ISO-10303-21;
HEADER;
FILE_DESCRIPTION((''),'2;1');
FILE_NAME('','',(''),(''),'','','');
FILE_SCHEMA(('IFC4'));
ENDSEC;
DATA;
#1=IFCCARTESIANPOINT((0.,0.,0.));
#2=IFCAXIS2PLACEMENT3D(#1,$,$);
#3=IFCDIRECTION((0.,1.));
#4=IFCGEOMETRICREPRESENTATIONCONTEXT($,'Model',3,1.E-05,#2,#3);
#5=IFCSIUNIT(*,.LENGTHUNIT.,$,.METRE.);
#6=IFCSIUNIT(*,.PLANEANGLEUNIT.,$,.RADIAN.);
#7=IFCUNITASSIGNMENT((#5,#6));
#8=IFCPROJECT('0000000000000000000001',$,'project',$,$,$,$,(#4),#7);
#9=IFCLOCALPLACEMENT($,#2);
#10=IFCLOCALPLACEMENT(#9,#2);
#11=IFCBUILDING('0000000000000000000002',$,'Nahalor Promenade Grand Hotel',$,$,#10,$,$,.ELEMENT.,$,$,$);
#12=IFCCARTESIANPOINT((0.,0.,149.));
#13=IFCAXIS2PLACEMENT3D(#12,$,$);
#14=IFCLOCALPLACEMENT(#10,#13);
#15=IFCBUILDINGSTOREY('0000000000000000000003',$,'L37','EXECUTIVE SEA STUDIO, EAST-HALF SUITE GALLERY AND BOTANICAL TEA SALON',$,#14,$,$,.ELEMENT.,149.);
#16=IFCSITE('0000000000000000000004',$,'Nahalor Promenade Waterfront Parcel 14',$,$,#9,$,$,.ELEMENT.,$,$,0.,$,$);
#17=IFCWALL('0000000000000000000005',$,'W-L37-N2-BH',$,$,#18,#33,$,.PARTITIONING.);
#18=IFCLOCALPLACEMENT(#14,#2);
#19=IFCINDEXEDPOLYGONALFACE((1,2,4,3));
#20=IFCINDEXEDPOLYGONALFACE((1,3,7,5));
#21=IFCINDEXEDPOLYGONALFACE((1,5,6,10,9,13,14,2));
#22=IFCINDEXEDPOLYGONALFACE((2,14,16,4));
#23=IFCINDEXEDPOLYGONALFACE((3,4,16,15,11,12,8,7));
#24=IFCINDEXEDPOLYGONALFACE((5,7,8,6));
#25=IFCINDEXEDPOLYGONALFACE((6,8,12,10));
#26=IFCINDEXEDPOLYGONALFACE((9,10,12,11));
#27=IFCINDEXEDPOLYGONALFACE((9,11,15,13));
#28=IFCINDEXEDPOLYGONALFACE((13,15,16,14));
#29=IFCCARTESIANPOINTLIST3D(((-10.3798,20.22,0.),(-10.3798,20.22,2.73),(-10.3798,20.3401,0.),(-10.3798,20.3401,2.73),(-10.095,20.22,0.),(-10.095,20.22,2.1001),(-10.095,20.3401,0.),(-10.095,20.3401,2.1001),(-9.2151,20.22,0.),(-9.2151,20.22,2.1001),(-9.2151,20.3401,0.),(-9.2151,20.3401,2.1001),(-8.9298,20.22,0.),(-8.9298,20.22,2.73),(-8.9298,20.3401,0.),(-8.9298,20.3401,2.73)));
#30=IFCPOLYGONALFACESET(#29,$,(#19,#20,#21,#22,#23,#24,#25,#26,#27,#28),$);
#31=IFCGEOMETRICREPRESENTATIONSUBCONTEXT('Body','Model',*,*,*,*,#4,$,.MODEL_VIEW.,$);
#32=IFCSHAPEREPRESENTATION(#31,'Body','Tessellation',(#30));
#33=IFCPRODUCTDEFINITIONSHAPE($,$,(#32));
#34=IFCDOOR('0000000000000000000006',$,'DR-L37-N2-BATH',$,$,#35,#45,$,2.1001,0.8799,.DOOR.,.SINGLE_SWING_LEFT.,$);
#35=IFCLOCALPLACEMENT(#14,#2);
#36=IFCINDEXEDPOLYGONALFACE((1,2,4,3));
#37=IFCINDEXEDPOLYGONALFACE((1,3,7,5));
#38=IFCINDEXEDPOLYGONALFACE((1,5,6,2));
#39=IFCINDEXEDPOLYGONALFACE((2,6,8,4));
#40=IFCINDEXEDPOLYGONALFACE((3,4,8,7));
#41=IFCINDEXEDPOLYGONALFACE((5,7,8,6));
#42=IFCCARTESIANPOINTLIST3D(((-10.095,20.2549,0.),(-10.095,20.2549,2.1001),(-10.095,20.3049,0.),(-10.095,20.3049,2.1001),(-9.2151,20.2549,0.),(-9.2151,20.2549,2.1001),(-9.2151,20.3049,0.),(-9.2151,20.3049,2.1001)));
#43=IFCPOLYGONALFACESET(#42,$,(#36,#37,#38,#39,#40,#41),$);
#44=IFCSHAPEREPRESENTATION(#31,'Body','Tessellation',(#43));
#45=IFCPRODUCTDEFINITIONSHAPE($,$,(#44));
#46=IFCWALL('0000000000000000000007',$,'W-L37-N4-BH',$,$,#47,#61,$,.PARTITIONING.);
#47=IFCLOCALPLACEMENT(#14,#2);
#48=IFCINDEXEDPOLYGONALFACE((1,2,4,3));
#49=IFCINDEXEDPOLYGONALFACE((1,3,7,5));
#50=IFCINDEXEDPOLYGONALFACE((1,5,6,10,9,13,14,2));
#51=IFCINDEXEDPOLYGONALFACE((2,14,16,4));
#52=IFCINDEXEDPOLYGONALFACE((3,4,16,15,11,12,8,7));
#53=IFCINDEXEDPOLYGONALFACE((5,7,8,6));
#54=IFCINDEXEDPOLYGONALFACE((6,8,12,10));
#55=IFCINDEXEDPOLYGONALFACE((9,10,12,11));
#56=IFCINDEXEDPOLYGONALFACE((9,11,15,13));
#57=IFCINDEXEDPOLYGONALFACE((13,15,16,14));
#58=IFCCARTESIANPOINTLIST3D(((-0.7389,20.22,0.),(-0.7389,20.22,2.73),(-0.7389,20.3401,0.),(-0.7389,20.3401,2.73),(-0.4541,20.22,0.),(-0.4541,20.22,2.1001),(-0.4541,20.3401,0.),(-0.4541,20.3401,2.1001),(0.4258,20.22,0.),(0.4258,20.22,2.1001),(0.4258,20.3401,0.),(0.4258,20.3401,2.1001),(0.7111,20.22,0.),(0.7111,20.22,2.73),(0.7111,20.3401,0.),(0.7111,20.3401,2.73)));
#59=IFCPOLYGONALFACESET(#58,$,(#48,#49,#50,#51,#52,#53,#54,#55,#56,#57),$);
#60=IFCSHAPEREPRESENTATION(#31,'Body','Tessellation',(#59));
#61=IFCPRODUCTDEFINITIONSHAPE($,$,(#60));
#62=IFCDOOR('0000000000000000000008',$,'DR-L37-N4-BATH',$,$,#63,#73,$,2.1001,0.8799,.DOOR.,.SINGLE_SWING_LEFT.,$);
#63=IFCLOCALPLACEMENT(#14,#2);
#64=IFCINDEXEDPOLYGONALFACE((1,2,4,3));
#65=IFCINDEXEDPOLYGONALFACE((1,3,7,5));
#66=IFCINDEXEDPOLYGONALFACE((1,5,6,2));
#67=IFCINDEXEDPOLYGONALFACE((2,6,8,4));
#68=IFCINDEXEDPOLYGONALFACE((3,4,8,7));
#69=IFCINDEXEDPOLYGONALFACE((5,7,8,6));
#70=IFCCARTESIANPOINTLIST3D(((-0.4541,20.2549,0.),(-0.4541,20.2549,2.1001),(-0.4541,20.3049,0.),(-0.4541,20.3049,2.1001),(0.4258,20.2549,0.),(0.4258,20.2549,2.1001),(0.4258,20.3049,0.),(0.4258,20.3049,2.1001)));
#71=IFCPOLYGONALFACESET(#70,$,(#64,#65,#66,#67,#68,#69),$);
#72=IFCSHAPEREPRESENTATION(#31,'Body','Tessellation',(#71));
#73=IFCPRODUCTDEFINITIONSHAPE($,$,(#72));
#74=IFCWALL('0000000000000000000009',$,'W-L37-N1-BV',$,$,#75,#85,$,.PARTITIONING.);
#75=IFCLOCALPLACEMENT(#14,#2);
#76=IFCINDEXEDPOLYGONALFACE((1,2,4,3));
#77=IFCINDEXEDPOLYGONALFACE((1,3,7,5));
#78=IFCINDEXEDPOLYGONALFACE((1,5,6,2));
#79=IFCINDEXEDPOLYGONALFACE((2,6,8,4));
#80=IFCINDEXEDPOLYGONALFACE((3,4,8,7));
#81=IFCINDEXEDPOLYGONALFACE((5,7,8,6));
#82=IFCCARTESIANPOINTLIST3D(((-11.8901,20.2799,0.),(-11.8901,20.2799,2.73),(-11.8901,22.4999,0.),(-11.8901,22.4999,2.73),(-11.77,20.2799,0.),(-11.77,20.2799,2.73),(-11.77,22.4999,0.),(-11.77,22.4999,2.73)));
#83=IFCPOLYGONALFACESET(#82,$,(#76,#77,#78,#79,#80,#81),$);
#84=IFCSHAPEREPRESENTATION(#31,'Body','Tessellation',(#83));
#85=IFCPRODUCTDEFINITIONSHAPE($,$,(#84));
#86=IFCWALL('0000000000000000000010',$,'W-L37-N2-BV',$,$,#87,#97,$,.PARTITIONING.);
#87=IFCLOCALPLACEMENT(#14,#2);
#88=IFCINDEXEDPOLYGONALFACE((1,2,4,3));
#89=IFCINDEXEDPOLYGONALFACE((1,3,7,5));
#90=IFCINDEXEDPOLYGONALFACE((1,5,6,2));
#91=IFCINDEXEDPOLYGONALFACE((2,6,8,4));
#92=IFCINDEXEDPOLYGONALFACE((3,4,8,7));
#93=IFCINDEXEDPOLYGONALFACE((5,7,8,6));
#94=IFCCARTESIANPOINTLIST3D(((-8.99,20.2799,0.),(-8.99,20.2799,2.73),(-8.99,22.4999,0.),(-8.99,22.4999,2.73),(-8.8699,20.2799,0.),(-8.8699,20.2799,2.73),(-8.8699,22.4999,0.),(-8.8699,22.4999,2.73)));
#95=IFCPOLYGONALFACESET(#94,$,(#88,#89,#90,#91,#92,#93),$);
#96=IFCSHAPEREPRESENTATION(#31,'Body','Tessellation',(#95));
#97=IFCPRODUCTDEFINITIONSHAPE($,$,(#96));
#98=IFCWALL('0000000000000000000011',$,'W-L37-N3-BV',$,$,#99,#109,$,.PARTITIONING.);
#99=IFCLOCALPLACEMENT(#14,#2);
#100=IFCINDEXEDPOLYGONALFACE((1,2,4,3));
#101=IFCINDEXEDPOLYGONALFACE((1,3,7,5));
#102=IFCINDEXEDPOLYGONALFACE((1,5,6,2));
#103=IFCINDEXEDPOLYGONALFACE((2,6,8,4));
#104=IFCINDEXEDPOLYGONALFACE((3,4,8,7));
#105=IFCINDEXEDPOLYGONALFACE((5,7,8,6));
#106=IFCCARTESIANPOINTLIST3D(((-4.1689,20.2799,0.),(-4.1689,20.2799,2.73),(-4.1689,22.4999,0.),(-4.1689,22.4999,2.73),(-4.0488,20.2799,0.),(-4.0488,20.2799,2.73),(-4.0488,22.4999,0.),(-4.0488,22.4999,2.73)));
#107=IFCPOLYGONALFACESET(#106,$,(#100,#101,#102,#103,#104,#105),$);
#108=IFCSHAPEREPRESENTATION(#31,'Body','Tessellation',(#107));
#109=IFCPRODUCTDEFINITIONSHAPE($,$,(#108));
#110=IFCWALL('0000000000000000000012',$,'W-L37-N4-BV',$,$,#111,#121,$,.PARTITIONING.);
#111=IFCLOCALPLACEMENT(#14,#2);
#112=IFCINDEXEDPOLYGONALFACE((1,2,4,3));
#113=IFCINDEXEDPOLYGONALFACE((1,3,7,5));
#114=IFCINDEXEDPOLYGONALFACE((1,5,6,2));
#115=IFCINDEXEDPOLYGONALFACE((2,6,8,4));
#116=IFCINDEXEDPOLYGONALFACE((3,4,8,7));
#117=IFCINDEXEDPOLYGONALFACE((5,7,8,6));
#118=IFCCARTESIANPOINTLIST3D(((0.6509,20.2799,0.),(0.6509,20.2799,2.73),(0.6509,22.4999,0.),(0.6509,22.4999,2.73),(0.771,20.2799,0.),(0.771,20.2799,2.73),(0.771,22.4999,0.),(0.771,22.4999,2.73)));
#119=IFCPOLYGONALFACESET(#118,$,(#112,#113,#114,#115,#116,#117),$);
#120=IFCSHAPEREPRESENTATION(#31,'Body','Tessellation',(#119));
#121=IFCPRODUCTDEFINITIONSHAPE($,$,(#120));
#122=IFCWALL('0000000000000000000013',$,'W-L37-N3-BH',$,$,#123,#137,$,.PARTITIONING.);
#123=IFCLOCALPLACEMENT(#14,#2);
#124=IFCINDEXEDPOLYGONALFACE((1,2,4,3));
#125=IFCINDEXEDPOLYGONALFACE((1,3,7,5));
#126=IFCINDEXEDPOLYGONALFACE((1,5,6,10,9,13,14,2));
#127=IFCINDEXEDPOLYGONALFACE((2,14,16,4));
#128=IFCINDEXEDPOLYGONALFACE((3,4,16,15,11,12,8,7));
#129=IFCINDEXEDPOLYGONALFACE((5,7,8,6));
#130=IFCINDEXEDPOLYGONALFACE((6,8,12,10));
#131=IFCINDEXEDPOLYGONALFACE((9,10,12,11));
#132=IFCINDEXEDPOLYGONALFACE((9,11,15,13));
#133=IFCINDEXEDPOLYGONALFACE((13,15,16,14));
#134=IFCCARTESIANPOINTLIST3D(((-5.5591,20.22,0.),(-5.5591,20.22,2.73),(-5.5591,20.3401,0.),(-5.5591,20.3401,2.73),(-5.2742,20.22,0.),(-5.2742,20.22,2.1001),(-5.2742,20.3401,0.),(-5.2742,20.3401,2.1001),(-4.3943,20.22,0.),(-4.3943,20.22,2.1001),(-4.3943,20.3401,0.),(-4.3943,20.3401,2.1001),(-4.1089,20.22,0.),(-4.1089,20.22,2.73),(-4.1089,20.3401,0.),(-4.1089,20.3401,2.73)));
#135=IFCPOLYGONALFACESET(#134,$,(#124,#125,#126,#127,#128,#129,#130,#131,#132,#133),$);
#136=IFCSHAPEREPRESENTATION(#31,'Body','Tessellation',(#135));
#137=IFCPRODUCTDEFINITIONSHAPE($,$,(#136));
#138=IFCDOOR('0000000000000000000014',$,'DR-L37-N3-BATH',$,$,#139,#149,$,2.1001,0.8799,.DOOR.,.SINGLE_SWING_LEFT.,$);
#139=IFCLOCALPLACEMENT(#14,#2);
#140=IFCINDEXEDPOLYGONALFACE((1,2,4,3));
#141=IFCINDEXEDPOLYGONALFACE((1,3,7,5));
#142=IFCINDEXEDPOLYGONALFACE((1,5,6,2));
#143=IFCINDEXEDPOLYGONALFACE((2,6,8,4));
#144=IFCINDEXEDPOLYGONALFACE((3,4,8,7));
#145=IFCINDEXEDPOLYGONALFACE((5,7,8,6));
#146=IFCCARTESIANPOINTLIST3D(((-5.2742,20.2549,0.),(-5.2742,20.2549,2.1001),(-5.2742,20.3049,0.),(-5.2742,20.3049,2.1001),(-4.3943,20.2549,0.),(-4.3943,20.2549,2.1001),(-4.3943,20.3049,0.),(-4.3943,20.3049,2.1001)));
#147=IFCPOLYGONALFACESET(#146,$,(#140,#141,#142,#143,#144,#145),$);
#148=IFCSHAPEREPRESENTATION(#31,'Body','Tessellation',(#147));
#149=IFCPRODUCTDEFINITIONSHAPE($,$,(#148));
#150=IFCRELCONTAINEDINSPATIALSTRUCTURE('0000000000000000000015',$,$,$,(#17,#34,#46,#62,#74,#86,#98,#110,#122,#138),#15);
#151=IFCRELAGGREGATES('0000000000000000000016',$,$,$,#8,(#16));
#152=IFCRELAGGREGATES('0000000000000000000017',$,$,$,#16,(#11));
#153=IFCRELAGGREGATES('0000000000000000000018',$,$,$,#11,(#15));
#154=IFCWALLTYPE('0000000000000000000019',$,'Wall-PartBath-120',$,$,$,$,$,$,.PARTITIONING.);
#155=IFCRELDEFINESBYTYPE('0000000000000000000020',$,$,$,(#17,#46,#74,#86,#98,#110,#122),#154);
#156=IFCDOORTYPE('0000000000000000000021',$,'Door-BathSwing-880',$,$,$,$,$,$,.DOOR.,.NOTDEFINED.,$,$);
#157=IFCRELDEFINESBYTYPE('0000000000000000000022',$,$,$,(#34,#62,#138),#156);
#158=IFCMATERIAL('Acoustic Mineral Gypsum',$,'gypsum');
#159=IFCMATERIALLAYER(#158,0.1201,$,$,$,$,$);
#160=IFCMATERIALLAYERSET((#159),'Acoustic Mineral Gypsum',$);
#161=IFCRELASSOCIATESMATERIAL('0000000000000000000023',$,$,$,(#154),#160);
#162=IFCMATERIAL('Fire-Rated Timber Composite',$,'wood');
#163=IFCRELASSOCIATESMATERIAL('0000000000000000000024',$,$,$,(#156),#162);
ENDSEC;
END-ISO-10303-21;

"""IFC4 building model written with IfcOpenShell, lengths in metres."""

from ifc_helpers import new_model, si_unit, direction, frame, frame_2d, origin, place, context, subcontext, project, spatial, rectangle, extrude, source, transform, mapped, material, layer, layer_set, type_object, element, fill, save


model = new_model("IFC4")

# Units and contexts
model_context = context("Model", 3, precision=1e-05, world=origin(), true_north=direction((0.0, 1.0)))
body_context = subcontext(model_context, "Body", "Model", "MODEL_VIEW")
ifc_project = project(units=[si_unit("LENGTHUNIT", "METRE"), si_unit("PLANEANGLEUNIT", "RADIAN")], contexts=[model_context])

# Site, building, storey
site_placement = place(None, origin())
site = spatial("IfcSite", under=ifc_project, at=site_placement, Name="Nahalor Promenade Waterfront Parcel 14", CompositionType="ELEMENT", RefElevation=0.0)
building_placement = place(site_placement, origin())
building = spatial("IfcBuilding", under=site, at=building_placement, Name="Nahalor Promenade Grand Hotel", CompositionType="ELEMENT")
storey_placement = place(building_placement, frame((0.0, 0.0, 149.0)))
storey = spatial("IfcBuildingStorey", under=building, at=storey_placement, Name="L37", Description="EXECUTIVE SEA STUDIO, EAST-HALF SUITE GALLERY AND BOTANICAL TEA SALON", CompositionType="ELEMENT", Elevation=149.0)

# Walls, openings, doors
ifc_material_1 = material(Name="Acoustic Mineral Gypsum", Category="gypsum")
ifc_layer_1 = layer(ifc_material_1, 0.1201)
ifc_layer_set_1 = layer_set([ifc_layer_1], Name="Acoustic Mineral Gypsum")
wall_type = type_object("IfcWallType", Name="Wall-PartBath-120", PredefinedType="PARTITIONING", material=ifc_layer_set_1)
shared_shape_1 = source(origin(), body_context, "Body", "SweptSolid", [
    extrude(rectangle(XDim=1.45, YDim=0.1201, at=frame_2d((0.7251, 0.0))), origin(), (0.0, 0.0, 1.0), 2.73),
])
wall_1_placement = place(storey_placement, frame((-10.3799, 20.28, 0.0), z_axis=(0.0, 0.0, 1.0), x_axis=(1.0, 0.0, 0.0)))
wall_1 = element("IfcWall", 1, at=wall_1_placement, inside=storey, type_object=wall_type, Name="W-L37-N2-BH", PredefinedType="PARTITIONING", context=body_context, shape_type="MappedRepresentation", body=[
    mapped(shared_shape_1, transform((0.0, 0.0, 0.0), scale=1.0)),
])
opening_1_placement = place(wall_1_placement, frame((0.2849, 0.0, 0.0)))
opening_1 = element("IfcOpeningElement", 2, at=opening_1_placement, cuts=wall_1, PredefinedType="OPENING", context=body_context, shape_type="SweptSolid", body=[
    extrude(rectangle(XDim=0.8799, YDim=2.1001, at=frame_2d((0.4399, 1.05))), frame((0.0, 0.0701, 0.0), z_axis=(0.0, -1.0, 0.0), x_axis=(1.0, 0.0, 0.0)), (0.0, 0.0, 1.0), 0.1401),
])
ifc_material_2 = material(Name="Fire-Rated Timber Composite", Category="wood")
door_type = type_object("IfcDoorType", Name="Door-BathSwing-880", OperationType="NOTDEFINED", PredefinedType="DOOR", material=ifc_material_2)
shared_shape_2 = source(origin(), body_context, "Body", "SweptSolid", [
    extrude(rectangle(XDim=0.8799, YDim=2.1001, at=frame_2d((0.4399, 1.05))), frame((0.0, 0.0249, 0.0), z_axis=(0.0, -1.0, 0.0), x_axis=(1.0, 0.0, 0.0)), (0.0, 0.0, 1.0), 0.05),
])
door_1_placement = place(opening_1_placement, origin())
door_1 = element("IfcDoor", 3, at=door_1_placement, inside=storey, type_object=door_type, Name="DR-L37-N2-BATH", OperationType="SINGLE_SWING_LEFT", OverallHeight=2.1001, OverallWidth=0.8799, PredefinedType="DOOR", context=body_context, shape_type="MappedRepresentation", body=[
    mapped(shared_shape_2, transform((0.0, 0.0, 0.0), scale=1.0)),
])
fill(opening_1, door_1)
wall_2_placement = place(storey_placement, frame((-0.739, 20.28, 0.0), z_axis=(0.0, 0.0, 1.0), x_axis=(1.0, 0.0, 0.0)))
wall_2 = element("IfcWall", 4, at=wall_2_placement, inside=storey, type_object=wall_type, Name="W-L37-N4-BH", PredefinedType="PARTITIONING", context=body_context, shape_type="MappedRepresentation", body=[
    mapped(shared_shape_1, transform((0.0, 0.0, 0.0), scale=1.0)),
])
opening_2_placement = place(wall_2_placement, frame((0.2849, 0.0, 0.0)))
opening_2 = element("IfcOpeningElement", 5, at=opening_2_placement, cuts=wall_2, PredefinedType="OPENING", context=body_context, shape_type="SweptSolid", body=[
    extrude(rectangle(XDim=0.8799, YDim=2.1001, at=frame_2d((0.4399, 1.05))), frame((0.0, 0.0701, 0.0), z_axis=(0.0, -1.0, 0.0), x_axis=(1.0, 0.0, 0.0)), (0.0, 0.0, 1.0), 0.1401),
])
door_2_placement = place(opening_2_placement, origin())
door_2 = element("IfcDoor", 6, at=door_2_placement, inside=storey, type_object=door_type, Name="DR-L37-N4-BATH", OperationType="SINGLE_SWING_LEFT", OverallHeight=2.1001, OverallWidth=0.8799, PredefinedType="DOOR", context=body_context, shape_type="MappedRepresentation", body=[
    mapped(shared_shape_2, transform((0.0, 0.0, 0.0), scale=1.0)),
])
fill(opening_2, door_2)

# Walls
shared_shape_3 = source(origin(), body_context, "Body", "SweptSolid", [
    extrude(rectangle(XDim=2.22, YDim=0.1201, at=frame_2d((1.1099, 0.0))), origin(), (0.0, 0.0, 1.0), 2.73),
])
for number, where, z_axis, x_axis, name in (
    (7, (-11.8301, 20.28, 0.0), (0.0, 0.0, 1.0), (0.0, 1.0, 0.0), "W-L37-N1-BV"),
    (8, (-8.9299, 20.28, 0.0), (0.0, 0.0, 1.0), (0.0, 1.0, 0.0), "W-L37-N2-BV"),
    (9, (-4.1089, 20.28, 0.0), (0.0, 0.0, 1.0), (0.0, 1.0, 0.0), "W-L37-N3-BV"),
    (10, (0.7109, 20.28, 0.0), (0.0, 0.0, 1.0), (0.0, 1.0, 0.0), "W-L37-N4-BV"),
):
    element("IfcWall", number, at=place(storey_placement, frame(where, z_axis=z_axis, x_axis=x_axis)), inside=storey, type_object=wall_type, Name=name, PredefinedType="PARTITIONING", context=body_context, shape_type="MappedRepresentation", body=[
        mapped(shared_shape_3, transform((0.0, 0.0, 0.0), scale=1.0)),
    ])

# Wall, opening, door
shared_shape_4 = source(origin(), body_context, "Body", "SweptSolid", [
    extrude(rectangle(XDim=1.4502, YDim=0.1201, at=frame_2d((0.7251, 0.0))), origin(), (0.0, 0.0, 1.0), 2.73),
])
wall_3_placement = place(storey_placement, frame((-5.5591, 20.28, 0.0), z_axis=(0.0, 0.0, 1.0), x_axis=(1.0, 0.0, 0.0)))
wall_3 = element("IfcWall", 11, at=wall_3_placement, inside=storey, type_object=wall_type, Name="W-L37-N3-BH", PredefinedType="PARTITIONING", context=body_context, shape_type="MappedRepresentation", body=[
    mapped(shared_shape_4, transform((0.0, 0.0, 0.0), scale=1.0)),
])
opening_3_placement = place(wall_3_placement, frame((0.2849, 0.0, 0.0)))
opening_3 = element("IfcOpeningElement", 12, at=opening_3_placement, cuts=wall_3, PredefinedType="OPENING", context=body_context, shape_type="SweptSolid", body=[
    extrude(rectangle(XDim=0.8799, YDim=2.1001, at=frame_2d((0.4399, 1.05))), frame((0.0, 0.0701, 0.0), z_axis=(0.0, -1.0, 0.0), x_axis=(1.0, 0.0, 0.0)), (0.0, 0.0, 1.0), 0.1401),
])
door_3_placement = place(opening_3_placement, origin())
door_3 = element("IfcDoor", 13, at=door_3_placement, inside=storey, type_object=door_type, Name="DR-L37-N3-BATH", OperationType="SINGLE_SWING_LEFT", OverallHeight=2.1001, OverallWidth=0.8799, PredefinedType="DOOR", context=body_context, shape_type="MappedRepresentation", body=[
    mapped(shared_shape_2, transform((0.0, 0.0, 0.0), scale=1.0)),
])
fill(opening_3, door_3)

save(model, "model.ifc")
